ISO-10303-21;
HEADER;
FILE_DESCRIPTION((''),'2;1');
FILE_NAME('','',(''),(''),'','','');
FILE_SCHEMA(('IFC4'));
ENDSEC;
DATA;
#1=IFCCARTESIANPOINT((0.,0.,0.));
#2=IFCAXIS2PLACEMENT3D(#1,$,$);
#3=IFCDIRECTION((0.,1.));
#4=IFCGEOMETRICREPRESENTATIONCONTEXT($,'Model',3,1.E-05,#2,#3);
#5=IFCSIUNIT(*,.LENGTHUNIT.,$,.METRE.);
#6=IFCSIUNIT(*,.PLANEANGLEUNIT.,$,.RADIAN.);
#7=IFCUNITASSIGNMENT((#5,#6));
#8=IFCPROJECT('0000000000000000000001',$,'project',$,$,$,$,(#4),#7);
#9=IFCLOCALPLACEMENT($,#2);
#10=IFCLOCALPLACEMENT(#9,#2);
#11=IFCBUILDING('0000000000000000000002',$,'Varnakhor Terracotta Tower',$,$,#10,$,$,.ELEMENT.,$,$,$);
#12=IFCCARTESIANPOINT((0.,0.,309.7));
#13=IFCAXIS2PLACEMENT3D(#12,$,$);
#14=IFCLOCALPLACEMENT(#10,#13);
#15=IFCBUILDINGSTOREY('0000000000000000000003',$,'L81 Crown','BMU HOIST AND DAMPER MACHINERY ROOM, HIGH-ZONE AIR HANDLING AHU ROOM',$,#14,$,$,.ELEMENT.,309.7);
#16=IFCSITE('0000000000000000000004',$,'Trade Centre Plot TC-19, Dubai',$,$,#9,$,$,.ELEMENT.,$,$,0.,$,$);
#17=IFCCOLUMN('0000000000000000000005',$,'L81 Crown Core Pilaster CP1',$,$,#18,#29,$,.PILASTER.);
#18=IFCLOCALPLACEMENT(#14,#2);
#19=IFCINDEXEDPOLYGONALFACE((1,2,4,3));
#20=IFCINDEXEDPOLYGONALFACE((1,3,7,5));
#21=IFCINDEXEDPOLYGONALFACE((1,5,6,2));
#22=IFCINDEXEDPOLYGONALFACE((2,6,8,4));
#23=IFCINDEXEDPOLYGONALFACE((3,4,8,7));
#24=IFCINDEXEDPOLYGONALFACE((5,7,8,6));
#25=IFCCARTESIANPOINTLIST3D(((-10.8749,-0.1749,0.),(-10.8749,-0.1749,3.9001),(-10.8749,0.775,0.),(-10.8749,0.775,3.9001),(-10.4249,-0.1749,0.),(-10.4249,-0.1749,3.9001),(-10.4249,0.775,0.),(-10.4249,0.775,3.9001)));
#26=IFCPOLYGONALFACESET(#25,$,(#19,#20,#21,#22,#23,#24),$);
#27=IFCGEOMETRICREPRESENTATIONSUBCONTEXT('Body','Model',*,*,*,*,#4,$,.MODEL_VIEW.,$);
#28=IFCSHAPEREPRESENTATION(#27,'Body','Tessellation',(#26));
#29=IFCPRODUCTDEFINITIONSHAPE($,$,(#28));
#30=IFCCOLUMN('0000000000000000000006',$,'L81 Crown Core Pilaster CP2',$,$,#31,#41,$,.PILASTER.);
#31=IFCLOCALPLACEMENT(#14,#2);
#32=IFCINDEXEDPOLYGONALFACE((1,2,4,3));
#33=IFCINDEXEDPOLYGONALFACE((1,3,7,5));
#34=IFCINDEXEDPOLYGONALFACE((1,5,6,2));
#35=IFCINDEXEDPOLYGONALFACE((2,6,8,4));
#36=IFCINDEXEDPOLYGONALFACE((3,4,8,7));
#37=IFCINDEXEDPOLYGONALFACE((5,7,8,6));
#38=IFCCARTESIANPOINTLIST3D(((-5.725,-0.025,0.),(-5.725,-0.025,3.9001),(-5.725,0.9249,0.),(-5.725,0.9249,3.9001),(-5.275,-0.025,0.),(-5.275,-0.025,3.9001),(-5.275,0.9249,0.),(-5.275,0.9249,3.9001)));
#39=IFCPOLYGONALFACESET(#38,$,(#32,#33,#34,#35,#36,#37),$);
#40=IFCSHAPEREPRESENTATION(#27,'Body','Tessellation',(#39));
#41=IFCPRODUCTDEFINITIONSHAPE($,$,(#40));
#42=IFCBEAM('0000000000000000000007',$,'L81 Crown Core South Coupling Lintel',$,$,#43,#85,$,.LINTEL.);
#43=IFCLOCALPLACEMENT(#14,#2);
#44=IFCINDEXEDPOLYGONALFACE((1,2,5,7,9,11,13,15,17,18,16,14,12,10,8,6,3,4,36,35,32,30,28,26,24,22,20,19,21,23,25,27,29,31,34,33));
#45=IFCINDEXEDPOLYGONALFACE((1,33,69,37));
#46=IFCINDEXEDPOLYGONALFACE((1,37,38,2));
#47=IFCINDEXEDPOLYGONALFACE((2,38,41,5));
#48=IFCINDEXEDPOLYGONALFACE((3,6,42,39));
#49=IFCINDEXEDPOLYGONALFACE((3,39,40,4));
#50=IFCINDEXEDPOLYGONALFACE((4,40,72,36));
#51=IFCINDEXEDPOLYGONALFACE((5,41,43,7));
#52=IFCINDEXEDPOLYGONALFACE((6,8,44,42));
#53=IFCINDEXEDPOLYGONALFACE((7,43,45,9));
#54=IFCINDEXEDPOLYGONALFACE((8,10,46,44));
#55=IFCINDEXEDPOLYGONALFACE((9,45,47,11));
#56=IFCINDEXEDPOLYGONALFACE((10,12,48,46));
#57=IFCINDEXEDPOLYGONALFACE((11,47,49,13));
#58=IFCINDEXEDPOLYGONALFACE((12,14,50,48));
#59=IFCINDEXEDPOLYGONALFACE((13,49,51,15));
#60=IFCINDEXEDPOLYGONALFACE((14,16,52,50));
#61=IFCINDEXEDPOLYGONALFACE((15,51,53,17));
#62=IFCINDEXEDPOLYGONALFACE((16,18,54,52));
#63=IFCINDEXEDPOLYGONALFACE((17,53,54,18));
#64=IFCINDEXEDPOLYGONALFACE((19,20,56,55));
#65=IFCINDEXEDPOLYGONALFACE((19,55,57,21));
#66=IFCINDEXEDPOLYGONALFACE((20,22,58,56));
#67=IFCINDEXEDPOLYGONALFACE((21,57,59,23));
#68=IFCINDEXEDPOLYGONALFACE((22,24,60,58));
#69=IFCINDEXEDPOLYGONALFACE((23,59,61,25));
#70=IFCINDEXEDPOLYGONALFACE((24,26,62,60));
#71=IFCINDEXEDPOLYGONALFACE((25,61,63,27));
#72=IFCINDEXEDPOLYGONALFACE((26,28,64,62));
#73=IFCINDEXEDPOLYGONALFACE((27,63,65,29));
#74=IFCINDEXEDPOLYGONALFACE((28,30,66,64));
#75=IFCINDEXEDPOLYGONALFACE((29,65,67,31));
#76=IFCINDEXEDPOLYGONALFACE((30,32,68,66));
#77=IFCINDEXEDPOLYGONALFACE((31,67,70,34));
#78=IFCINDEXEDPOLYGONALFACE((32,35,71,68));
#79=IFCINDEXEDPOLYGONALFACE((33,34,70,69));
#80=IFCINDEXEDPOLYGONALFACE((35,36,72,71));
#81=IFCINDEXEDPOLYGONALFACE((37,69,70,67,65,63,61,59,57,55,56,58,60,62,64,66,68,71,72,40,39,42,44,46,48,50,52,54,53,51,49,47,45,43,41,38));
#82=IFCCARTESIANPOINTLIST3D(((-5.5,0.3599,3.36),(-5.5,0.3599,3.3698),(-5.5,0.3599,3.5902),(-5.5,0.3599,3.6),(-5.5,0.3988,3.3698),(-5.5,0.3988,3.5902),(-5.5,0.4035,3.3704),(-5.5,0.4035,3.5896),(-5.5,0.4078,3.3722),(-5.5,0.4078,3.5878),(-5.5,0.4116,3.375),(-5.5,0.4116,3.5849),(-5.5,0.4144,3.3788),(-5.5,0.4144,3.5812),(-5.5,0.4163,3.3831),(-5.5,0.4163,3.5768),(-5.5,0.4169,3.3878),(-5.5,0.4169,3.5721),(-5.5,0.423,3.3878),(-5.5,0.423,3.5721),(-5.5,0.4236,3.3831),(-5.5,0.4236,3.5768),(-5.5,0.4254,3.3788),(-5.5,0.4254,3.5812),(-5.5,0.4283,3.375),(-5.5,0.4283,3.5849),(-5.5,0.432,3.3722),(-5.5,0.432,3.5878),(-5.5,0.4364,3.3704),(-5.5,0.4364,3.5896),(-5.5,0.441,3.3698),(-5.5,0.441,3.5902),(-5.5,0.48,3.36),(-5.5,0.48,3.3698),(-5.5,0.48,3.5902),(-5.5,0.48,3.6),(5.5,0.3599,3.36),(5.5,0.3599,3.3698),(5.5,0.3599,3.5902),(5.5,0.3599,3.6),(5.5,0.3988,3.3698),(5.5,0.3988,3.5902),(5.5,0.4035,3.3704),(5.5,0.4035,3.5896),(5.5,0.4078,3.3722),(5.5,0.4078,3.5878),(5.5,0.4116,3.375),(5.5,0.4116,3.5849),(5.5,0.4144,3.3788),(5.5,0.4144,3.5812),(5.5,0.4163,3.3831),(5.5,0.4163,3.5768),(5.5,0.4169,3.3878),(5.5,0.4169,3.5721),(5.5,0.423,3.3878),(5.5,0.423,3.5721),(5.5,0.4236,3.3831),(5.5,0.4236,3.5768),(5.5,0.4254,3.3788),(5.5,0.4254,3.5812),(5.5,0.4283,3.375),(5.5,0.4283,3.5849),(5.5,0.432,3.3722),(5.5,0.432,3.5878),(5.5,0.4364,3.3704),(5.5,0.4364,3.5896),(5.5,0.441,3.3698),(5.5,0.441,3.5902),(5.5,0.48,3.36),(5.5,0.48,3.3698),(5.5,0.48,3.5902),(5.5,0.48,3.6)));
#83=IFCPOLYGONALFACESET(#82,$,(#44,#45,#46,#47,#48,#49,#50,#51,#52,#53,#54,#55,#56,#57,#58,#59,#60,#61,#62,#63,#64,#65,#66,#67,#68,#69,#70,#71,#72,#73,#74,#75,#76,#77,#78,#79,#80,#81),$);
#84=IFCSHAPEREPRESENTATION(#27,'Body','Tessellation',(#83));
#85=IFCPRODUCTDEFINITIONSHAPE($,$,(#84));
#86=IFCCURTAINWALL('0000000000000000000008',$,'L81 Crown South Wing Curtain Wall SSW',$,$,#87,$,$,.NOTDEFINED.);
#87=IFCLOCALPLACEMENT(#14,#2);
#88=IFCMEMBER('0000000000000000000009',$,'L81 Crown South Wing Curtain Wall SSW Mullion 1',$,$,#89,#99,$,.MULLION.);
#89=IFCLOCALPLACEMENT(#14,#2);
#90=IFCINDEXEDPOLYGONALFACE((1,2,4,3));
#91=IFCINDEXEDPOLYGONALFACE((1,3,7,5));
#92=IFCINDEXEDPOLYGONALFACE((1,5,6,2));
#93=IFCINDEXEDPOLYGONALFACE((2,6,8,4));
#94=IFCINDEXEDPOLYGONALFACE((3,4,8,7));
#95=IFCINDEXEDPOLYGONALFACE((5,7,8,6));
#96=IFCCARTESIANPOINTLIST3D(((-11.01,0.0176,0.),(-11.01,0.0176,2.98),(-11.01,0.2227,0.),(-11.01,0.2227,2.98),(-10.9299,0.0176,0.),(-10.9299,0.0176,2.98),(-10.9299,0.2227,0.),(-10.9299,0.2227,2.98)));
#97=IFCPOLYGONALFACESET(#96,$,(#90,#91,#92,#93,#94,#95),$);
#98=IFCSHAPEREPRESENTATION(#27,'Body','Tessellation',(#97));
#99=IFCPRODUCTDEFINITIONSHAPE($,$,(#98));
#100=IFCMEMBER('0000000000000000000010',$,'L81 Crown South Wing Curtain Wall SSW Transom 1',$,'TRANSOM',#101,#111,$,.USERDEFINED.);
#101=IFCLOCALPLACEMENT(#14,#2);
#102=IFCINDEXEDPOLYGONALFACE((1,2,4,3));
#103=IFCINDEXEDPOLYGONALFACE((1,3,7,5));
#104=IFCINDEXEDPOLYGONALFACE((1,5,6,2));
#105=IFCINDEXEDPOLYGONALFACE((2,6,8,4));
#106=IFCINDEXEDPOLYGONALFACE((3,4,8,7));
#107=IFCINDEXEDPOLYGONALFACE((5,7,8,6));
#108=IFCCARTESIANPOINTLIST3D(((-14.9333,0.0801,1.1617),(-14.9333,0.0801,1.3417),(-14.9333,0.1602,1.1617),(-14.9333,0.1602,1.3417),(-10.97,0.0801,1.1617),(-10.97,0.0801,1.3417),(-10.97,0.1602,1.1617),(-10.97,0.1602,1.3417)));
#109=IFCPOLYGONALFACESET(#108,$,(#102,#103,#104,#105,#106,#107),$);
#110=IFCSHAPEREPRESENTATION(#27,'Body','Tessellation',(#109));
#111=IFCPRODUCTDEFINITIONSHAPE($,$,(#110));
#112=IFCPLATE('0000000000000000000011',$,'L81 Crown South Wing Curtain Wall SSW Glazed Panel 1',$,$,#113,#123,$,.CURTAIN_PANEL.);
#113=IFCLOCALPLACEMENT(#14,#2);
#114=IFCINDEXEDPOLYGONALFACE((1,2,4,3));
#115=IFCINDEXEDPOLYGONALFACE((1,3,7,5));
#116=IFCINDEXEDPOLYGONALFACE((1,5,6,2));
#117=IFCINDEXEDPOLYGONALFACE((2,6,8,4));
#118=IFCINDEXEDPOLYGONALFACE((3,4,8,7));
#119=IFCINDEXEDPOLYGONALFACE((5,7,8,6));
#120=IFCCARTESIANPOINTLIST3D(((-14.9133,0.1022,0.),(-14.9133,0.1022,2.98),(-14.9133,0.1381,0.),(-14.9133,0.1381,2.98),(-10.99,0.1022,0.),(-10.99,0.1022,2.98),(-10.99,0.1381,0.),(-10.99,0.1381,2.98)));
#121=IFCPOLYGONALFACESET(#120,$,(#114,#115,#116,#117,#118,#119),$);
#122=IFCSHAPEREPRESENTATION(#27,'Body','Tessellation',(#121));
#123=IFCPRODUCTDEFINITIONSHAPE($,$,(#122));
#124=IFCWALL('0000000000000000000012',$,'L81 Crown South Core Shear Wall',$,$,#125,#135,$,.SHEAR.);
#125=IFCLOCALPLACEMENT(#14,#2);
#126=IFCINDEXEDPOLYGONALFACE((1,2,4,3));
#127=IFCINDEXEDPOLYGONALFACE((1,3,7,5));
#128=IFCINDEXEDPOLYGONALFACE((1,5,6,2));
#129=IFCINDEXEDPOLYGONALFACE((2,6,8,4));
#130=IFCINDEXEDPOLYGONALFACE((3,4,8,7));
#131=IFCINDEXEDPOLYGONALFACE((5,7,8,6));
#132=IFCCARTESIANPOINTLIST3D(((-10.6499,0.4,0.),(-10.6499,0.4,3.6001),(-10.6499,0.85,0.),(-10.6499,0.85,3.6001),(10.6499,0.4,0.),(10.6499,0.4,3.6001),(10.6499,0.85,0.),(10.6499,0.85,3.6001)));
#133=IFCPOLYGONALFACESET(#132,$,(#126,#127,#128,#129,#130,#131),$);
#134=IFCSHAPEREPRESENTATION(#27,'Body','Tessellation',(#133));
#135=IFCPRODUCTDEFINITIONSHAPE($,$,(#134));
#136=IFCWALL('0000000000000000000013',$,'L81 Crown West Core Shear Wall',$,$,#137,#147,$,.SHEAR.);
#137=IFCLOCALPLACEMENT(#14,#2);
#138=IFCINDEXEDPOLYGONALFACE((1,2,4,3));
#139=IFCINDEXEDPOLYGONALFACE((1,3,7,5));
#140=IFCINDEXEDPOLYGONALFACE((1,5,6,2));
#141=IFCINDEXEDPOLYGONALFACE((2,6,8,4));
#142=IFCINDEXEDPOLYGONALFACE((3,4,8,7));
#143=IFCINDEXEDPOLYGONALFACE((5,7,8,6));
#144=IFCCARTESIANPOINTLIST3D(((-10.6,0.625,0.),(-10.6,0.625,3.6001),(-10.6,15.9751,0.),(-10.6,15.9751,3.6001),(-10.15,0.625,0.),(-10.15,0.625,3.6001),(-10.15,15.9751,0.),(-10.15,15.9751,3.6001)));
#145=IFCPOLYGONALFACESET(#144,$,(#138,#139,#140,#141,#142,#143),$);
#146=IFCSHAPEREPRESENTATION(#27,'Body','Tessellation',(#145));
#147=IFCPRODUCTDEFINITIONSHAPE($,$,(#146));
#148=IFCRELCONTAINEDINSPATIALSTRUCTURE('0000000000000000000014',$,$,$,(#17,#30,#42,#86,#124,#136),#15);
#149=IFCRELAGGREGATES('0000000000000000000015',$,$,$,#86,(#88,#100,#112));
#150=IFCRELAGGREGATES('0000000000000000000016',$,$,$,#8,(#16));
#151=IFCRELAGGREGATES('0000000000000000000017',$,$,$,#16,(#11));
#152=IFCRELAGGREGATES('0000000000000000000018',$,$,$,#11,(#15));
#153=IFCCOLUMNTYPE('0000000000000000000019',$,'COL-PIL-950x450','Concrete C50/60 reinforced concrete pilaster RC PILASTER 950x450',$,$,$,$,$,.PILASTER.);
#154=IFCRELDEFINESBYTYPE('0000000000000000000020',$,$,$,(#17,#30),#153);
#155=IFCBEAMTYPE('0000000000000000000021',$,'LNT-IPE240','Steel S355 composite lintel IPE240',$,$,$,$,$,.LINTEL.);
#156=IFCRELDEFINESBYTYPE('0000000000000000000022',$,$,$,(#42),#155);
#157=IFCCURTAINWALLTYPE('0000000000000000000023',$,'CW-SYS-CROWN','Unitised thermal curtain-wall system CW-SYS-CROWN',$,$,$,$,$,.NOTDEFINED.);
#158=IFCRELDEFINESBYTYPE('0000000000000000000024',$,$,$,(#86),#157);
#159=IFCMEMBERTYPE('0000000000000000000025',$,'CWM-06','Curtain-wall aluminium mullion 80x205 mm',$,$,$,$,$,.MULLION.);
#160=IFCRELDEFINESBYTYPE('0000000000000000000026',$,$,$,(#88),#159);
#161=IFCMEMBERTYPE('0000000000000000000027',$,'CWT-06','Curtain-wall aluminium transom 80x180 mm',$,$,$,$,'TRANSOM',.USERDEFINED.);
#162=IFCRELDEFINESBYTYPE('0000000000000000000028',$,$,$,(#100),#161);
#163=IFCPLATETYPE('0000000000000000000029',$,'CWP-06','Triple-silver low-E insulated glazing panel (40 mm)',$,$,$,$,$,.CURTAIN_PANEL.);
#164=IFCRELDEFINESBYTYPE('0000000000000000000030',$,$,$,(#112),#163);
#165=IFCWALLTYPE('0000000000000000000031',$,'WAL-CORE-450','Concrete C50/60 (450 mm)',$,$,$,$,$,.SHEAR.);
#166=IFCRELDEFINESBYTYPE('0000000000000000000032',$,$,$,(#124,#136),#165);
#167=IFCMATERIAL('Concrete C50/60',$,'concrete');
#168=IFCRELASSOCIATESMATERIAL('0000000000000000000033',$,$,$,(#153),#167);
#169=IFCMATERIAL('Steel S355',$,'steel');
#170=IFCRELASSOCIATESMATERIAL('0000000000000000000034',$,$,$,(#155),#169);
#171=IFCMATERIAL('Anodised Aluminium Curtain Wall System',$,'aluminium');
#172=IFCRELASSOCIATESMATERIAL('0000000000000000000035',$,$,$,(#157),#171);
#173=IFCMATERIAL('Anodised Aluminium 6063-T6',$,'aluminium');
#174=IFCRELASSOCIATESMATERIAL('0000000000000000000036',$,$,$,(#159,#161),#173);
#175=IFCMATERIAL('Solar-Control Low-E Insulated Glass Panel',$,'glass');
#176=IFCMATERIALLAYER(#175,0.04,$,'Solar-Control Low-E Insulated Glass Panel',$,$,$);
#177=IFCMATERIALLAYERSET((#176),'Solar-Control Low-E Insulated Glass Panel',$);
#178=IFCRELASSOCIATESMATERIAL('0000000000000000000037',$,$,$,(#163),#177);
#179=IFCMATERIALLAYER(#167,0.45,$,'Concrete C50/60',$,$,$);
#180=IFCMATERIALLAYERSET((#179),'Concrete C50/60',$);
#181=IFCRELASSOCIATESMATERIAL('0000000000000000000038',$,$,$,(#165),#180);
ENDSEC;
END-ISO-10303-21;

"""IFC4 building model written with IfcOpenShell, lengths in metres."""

from ifc_helpers import new_model, si_unit, direction, frame, frame_2d, origin, origin_2d, place, context, subcontext, project, spatial, rectangle, i_section, extrude, source, transform, mapped, material, layer, layer_set, material_profile, profile_set, type_object, type_shapes, element, aggregate, save


model = new_model("IFC4")

# Units and contexts
model_context = context("Model", 3, precision=1e-05, world=origin(), true_north=direction((0.0, 1.0)))
body_context = subcontext(model_context, "Body", "Model", "MODEL_VIEW")
ifc_project = project(units=[si_unit("LENGTHUNIT", "METRE"), si_unit("PLANEANGLEUNIT", "RADIAN")], contexts=[model_context])

# Site, building, storey
site_placement = place(None, origin())
site = spatial("IfcSite", under=ifc_project, at=site_placement, Name="Trade Centre Plot TC-19, Dubai", CompositionType="ELEMENT", RefElevation=0.0)
building_placement = place(site_placement, origin())
building = spatial("IfcBuilding", under=site, at=building_placement, Name="Varnakhor Terracotta Tower", CompositionType="ELEMENT")
storey_placement = place(building_placement, frame((0.0, 0.0, 309.7)))
storey = spatial("IfcBuildingStorey", under=building, at=storey_placement, Name="L81 Crown", Description="BMU HOIST AND DAMPER MACHINERY ROOM, HIGH-ZONE AIR HANDLING AHU ROOM", CompositionType="ELEMENT", Elevation=309.7)

# Columns
ifc_material_1 = material(Name="Concrete C50/60", Category="concrete")
ifc_material_profile_1 = material_profile(ifc_material_1, rectangle(XDim=0.45, YDim=0.95, at=origin_2d()), Name="RC PILASTER 950x450")
ifc_profile_set_1 = profile_set([ifc_material_profile_1], Name="Concrete C50/60")
column_type = type_object("IfcColumnType", Name="COL-PIL-950x450", Description="Concrete C50/60 reinforced concrete pilaster RC PILASTER 950x450", PredefinedType="PILASTER", material=ifc_profile_set_1)
shared_shape_1 = source(origin(), body_context, "Body", "SweptSolid", [
    extrude(rectangle(XDim=0.45, YDim=0.95, at=origin_2d()), origin(), (0.0, 0.0, 1.0), 3.9001),
])
for number, where, z_axis, x_axis, name in (
    (1, (-10.6499, 0.3, 0.0), (0.0, 0.0, 1.0), (1.0, 0.0, 0.0), "L81 Crown Core Pilaster CP1"),
    (2, (-5.5, 0.45, 0.0), (0.0, 0.0, 1.0), (1.0, 0.0, 0.0), "L81 Crown Core Pilaster CP2"),
):
    element("IfcColumn", number, at=place(storey_placement, frame(where, z_axis=z_axis, x_axis=x_axis)), inside=storey, type_object=column_type, Name=name, PredefinedType="PILASTER", context=body_context, shape_type="MappedRepresentation", body=[
        mapped(shared_shape_1, transform((0.0, 0.0, 0.0), scale=1.0)),
    ])

# Beam
ifc_material_2 = material(Name="Steel S355", Category="steel")
ifc_material_profile_2 = material_profile(ifc_material_2, i_section(OverallWidth=0.1201, OverallDepth=0.24, WebThickness=0.0061, FlangeThickness=0.0098, FilletRadius=0.0181, at=origin_2d()), Name="IPE240")
ifc_profile_set_2 = profile_set([ifc_material_profile_2], Name="Steel S355")
beam_type = type_object("IfcBeamType", Name="LNT-IPE240", Description="Steel S355 composite lintel IPE240", PredefinedType="LINTEL", material=ifc_profile_set_2)
shared_shape_2 = source(origin(), body_context, "Body", "SweptSolid", [
    extrude(i_section(OverallWidth=0.1201, OverallDepth=0.24, WebThickness=0.0061, FlangeThickness=0.0098, FilletRadius=0.0181, at=origin_2d()), origin(), (0.0, 0.0, 1.0), 11.0),
])
type_shapes(beam_type, [shared_shape_2])
beam_placement = place(storey_placement, frame((-5.5, 0.4199, 3.48), z_axis=(1.0, 0.0, 0.0), x_axis=(0.0, 1.0, 0.0)))
element("IfcBeam", 3, at=beam_placement, inside=storey, type_object=beam_type, Name="L81 Crown Core South Coupling Lintel", PredefinedType="LINTEL", context=body_context, shape_type="MappedRepresentation", body=[
    mapped(shared_shape_2, transform((0.0, 0.0, 0.0), scale=1.0)),
])

# Curtain wall, members, plate
ifc_material_3 = material(Name="Anodised Aluminium Curtain Wall System", Category="aluminium")
curtain_wall_type = type_object("IfcCurtainWallType", Name="CW-SYS-CROWN", Description="Unitised thermal curtain-wall system CW-SYS-CROWN", PredefinedType="NOTDEFINED", material=ifc_material_3)
curtain_wall_placement = place(storey_placement, origin())
curtain_wall = element("IfcCurtainWall", 4, at=curtain_wall_placement, inside=storey, type_object=curtain_wall_type, Name="L81 Crown South Wing Curtain Wall SSW", PredefinedType="NOTDEFINED")
ifc_material_4 = material(Name="Anodised Aluminium 6063-T6", Category="aluminium")
ifc_material_profile_3 = material_profile(ifc_material_4, rectangle(XDim=0.0801, YDim=0.2051, at=origin_2d()), Name="ALU MULLION 80x205")
ifc_profile_set_3 = profile_set([ifc_material_profile_3], Name="Anodised Aluminium 6063-T6")
member_type_1 = type_object("IfcMemberType", Name="CWM-06", Description="Curtain-wall aluminium mullion 80x205 mm", PredefinedType="MULLION", material=ifc_profile_set_3)
shared_shape_3 = source(origin(), body_context, "Body", "SweptSolid", [
    extrude(rectangle(XDim=0.0801, YDim=0.2051, at=origin_2d()), origin(), (0.0, 0.0, 1.0), 2.98),
])
type_shapes(member_type_1, [shared_shape_3])
member_1_placement = place(storey_placement, frame((-10.97, 0.1201, 0.0), z_axis=(0.0, 0.0, 1.0), x_axis=(1.0, 0.0, 0.0)))
member_1 = element("IfcMember", 5, at=member_1_placement, type_object=member_type_1, Name="L81 Crown South Wing Curtain Wall SSW Mullion 1", PredefinedType="MULLION", context=body_context, shape_type="MappedRepresentation", body=[
    mapped(shared_shape_3, transform((0.0, 0.0, 0.0), scale=1.0)),
])
ifc_material_profile_4 = material_profile(ifc_material_4, rectangle(XDim=0.0801, YDim=0.1799, at=origin_2d()), Name="ALU TRANSOM 80x180")
ifc_profile_set_4 = profile_set([ifc_material_profile_4], Name="Anodised Aluminium 6063-T6")
member_type_2 = type_object("IfcMemberType", Name="CWT-06", Description="Curtain-wall aluminium transom 80x180 mm", ElementType="TRANSOM", PredefinedType="USERDEFINED", material=ifc_profile_set_4)
shared_shape_4 = source(origin(), body_context, "Body", "SweptSolid", [
    extrude(rectangle(XDim=0.0801, YDim=0.1799, at=origin_2d()), origin(), (0.0, 0.0, 1.0), 3.9634),
])
member_2_placement = place(storey_placement, frame((-10.97, 0.1201, 1.2517), z_axis=(-1.0, 0.0, 0.0), x_axis=(0.0, -1.0, 0.0)))
member_2 = element("IfcMember", 6, at=member_2_placement, type_object=member_type_2, Name="L81 Crown South Wing Curtain Wall SSW Transom 1", ObjectType="TRANSOM", PredefinedType="USERDEFINED", context=body_context, shape_type="MappedRepresentation", body=[
    mapped(shared_shape_4, transform((0.0, 0.0, 0.0), scale=1.0)),
])
ifc_material_5 = material(Name="Solar-Control Low-E Insulated Glass Panel", Category="glass")
ifc_layer_1 = layer(ifc_material_5, 0.04, Name="Solar-Control Low-E Insulated Glass Panel")
ifc_layer_set_1 = layer_set([ifc_layer_1], Name="Solar-Control Low-E Insulated Glass Panel")
plate_type = type_object("IfcPlateType", Name="CWP-06", Description="Triple-silver low-E insulated glazing panel (40 mm)", PredefinedType="CURTAIN_PANEL", material=ifc_layer_set_1)
shared_shape_5 = source(origin(), body_context, "Body", "SweptSolid", [
    extrude(rectangle(XDim=3.9233, YDim=0.0359, at=origin_2d()), origin(), (0.0, 0.0, 1.0), 2.98),
])
plate_placement = place(storey_placement, frame((-12.9517, 0.1201, 0.0), z_axis=(0.0, 0.0, 1.0), x_axis=(-1.0, 0.0, 0.0)))
plate = element("IfcPlate", 7, at=plate_placement, type_object=plate_type, Name="L81 Crown South Wing Curtain Wall SSW Glazed Panel 1", PredefinedType="CURTAIN_PANEL", context=body_context, shape_type="MappedRepresentation", body=[
    mapped(shared_shape_5, transform((0.0, 0.0, 0.0), scale=1.0)),
])
aggregate(curtain_wall, [member_1, member_2, plate])

# Walls
ifc_layer_2 = layer(ifc_material_1, 0.45, Name="Concrete C50/60")
ifc_layer_set_2 = layer_set([ifc_layer_2], Name="Concrete C50/60")
wall_type_1 = type_object("IfcWallType", Name="WAL-CORE-450", Description="Concrete C50/60 (450 mm)", PredefinedType="SHEAR", material=ifc_layer_set_2)
wall_1_placement = place(storey_placement, frame((-10.6499, 0.625, 0.0), z_axis=(0.0, 0.0, 1.0), x_axis=(1.0, 0.0, 0.0)))
element("IfcWall", 8, at=wall_1_placement, inside=storey, type_object=wall_type_1, Name="L81 Crown South Core Shear Wall", PredefinedType="SHEAR", context=body_context, shape_type="SweptSolid", body=[
    extrude(rectangle(XDim=21.2998, YDim=0.45, at=frame_2d((10.6499, 0.0))), origin(), (0.0, 0.0, 1.0), 3.6001),
])
wall_2_placement = place(storey_placement, frame((-10.375, 0.625, 0.0), z_axis=(0.0, 0.0, 1.0), x_axis=(0.0, 1.0, 0.0)))
element("IfcWall", 9, at=wall_2_placement, inside=storey, type_object=wall_type_1, Name="L81 Crown West Core Shear Wall", PredefinedType="SHEAR", context=body_context, shape_type="SweptSolid", body=[
    extrude(rectangle(XDim=15.3501, YDim=0.45, at=frame_2d((7.675, 0.0))), origin(), (0.0, 0.0, 1.0), 3.6001),
])

save(model, "model.ifc")
